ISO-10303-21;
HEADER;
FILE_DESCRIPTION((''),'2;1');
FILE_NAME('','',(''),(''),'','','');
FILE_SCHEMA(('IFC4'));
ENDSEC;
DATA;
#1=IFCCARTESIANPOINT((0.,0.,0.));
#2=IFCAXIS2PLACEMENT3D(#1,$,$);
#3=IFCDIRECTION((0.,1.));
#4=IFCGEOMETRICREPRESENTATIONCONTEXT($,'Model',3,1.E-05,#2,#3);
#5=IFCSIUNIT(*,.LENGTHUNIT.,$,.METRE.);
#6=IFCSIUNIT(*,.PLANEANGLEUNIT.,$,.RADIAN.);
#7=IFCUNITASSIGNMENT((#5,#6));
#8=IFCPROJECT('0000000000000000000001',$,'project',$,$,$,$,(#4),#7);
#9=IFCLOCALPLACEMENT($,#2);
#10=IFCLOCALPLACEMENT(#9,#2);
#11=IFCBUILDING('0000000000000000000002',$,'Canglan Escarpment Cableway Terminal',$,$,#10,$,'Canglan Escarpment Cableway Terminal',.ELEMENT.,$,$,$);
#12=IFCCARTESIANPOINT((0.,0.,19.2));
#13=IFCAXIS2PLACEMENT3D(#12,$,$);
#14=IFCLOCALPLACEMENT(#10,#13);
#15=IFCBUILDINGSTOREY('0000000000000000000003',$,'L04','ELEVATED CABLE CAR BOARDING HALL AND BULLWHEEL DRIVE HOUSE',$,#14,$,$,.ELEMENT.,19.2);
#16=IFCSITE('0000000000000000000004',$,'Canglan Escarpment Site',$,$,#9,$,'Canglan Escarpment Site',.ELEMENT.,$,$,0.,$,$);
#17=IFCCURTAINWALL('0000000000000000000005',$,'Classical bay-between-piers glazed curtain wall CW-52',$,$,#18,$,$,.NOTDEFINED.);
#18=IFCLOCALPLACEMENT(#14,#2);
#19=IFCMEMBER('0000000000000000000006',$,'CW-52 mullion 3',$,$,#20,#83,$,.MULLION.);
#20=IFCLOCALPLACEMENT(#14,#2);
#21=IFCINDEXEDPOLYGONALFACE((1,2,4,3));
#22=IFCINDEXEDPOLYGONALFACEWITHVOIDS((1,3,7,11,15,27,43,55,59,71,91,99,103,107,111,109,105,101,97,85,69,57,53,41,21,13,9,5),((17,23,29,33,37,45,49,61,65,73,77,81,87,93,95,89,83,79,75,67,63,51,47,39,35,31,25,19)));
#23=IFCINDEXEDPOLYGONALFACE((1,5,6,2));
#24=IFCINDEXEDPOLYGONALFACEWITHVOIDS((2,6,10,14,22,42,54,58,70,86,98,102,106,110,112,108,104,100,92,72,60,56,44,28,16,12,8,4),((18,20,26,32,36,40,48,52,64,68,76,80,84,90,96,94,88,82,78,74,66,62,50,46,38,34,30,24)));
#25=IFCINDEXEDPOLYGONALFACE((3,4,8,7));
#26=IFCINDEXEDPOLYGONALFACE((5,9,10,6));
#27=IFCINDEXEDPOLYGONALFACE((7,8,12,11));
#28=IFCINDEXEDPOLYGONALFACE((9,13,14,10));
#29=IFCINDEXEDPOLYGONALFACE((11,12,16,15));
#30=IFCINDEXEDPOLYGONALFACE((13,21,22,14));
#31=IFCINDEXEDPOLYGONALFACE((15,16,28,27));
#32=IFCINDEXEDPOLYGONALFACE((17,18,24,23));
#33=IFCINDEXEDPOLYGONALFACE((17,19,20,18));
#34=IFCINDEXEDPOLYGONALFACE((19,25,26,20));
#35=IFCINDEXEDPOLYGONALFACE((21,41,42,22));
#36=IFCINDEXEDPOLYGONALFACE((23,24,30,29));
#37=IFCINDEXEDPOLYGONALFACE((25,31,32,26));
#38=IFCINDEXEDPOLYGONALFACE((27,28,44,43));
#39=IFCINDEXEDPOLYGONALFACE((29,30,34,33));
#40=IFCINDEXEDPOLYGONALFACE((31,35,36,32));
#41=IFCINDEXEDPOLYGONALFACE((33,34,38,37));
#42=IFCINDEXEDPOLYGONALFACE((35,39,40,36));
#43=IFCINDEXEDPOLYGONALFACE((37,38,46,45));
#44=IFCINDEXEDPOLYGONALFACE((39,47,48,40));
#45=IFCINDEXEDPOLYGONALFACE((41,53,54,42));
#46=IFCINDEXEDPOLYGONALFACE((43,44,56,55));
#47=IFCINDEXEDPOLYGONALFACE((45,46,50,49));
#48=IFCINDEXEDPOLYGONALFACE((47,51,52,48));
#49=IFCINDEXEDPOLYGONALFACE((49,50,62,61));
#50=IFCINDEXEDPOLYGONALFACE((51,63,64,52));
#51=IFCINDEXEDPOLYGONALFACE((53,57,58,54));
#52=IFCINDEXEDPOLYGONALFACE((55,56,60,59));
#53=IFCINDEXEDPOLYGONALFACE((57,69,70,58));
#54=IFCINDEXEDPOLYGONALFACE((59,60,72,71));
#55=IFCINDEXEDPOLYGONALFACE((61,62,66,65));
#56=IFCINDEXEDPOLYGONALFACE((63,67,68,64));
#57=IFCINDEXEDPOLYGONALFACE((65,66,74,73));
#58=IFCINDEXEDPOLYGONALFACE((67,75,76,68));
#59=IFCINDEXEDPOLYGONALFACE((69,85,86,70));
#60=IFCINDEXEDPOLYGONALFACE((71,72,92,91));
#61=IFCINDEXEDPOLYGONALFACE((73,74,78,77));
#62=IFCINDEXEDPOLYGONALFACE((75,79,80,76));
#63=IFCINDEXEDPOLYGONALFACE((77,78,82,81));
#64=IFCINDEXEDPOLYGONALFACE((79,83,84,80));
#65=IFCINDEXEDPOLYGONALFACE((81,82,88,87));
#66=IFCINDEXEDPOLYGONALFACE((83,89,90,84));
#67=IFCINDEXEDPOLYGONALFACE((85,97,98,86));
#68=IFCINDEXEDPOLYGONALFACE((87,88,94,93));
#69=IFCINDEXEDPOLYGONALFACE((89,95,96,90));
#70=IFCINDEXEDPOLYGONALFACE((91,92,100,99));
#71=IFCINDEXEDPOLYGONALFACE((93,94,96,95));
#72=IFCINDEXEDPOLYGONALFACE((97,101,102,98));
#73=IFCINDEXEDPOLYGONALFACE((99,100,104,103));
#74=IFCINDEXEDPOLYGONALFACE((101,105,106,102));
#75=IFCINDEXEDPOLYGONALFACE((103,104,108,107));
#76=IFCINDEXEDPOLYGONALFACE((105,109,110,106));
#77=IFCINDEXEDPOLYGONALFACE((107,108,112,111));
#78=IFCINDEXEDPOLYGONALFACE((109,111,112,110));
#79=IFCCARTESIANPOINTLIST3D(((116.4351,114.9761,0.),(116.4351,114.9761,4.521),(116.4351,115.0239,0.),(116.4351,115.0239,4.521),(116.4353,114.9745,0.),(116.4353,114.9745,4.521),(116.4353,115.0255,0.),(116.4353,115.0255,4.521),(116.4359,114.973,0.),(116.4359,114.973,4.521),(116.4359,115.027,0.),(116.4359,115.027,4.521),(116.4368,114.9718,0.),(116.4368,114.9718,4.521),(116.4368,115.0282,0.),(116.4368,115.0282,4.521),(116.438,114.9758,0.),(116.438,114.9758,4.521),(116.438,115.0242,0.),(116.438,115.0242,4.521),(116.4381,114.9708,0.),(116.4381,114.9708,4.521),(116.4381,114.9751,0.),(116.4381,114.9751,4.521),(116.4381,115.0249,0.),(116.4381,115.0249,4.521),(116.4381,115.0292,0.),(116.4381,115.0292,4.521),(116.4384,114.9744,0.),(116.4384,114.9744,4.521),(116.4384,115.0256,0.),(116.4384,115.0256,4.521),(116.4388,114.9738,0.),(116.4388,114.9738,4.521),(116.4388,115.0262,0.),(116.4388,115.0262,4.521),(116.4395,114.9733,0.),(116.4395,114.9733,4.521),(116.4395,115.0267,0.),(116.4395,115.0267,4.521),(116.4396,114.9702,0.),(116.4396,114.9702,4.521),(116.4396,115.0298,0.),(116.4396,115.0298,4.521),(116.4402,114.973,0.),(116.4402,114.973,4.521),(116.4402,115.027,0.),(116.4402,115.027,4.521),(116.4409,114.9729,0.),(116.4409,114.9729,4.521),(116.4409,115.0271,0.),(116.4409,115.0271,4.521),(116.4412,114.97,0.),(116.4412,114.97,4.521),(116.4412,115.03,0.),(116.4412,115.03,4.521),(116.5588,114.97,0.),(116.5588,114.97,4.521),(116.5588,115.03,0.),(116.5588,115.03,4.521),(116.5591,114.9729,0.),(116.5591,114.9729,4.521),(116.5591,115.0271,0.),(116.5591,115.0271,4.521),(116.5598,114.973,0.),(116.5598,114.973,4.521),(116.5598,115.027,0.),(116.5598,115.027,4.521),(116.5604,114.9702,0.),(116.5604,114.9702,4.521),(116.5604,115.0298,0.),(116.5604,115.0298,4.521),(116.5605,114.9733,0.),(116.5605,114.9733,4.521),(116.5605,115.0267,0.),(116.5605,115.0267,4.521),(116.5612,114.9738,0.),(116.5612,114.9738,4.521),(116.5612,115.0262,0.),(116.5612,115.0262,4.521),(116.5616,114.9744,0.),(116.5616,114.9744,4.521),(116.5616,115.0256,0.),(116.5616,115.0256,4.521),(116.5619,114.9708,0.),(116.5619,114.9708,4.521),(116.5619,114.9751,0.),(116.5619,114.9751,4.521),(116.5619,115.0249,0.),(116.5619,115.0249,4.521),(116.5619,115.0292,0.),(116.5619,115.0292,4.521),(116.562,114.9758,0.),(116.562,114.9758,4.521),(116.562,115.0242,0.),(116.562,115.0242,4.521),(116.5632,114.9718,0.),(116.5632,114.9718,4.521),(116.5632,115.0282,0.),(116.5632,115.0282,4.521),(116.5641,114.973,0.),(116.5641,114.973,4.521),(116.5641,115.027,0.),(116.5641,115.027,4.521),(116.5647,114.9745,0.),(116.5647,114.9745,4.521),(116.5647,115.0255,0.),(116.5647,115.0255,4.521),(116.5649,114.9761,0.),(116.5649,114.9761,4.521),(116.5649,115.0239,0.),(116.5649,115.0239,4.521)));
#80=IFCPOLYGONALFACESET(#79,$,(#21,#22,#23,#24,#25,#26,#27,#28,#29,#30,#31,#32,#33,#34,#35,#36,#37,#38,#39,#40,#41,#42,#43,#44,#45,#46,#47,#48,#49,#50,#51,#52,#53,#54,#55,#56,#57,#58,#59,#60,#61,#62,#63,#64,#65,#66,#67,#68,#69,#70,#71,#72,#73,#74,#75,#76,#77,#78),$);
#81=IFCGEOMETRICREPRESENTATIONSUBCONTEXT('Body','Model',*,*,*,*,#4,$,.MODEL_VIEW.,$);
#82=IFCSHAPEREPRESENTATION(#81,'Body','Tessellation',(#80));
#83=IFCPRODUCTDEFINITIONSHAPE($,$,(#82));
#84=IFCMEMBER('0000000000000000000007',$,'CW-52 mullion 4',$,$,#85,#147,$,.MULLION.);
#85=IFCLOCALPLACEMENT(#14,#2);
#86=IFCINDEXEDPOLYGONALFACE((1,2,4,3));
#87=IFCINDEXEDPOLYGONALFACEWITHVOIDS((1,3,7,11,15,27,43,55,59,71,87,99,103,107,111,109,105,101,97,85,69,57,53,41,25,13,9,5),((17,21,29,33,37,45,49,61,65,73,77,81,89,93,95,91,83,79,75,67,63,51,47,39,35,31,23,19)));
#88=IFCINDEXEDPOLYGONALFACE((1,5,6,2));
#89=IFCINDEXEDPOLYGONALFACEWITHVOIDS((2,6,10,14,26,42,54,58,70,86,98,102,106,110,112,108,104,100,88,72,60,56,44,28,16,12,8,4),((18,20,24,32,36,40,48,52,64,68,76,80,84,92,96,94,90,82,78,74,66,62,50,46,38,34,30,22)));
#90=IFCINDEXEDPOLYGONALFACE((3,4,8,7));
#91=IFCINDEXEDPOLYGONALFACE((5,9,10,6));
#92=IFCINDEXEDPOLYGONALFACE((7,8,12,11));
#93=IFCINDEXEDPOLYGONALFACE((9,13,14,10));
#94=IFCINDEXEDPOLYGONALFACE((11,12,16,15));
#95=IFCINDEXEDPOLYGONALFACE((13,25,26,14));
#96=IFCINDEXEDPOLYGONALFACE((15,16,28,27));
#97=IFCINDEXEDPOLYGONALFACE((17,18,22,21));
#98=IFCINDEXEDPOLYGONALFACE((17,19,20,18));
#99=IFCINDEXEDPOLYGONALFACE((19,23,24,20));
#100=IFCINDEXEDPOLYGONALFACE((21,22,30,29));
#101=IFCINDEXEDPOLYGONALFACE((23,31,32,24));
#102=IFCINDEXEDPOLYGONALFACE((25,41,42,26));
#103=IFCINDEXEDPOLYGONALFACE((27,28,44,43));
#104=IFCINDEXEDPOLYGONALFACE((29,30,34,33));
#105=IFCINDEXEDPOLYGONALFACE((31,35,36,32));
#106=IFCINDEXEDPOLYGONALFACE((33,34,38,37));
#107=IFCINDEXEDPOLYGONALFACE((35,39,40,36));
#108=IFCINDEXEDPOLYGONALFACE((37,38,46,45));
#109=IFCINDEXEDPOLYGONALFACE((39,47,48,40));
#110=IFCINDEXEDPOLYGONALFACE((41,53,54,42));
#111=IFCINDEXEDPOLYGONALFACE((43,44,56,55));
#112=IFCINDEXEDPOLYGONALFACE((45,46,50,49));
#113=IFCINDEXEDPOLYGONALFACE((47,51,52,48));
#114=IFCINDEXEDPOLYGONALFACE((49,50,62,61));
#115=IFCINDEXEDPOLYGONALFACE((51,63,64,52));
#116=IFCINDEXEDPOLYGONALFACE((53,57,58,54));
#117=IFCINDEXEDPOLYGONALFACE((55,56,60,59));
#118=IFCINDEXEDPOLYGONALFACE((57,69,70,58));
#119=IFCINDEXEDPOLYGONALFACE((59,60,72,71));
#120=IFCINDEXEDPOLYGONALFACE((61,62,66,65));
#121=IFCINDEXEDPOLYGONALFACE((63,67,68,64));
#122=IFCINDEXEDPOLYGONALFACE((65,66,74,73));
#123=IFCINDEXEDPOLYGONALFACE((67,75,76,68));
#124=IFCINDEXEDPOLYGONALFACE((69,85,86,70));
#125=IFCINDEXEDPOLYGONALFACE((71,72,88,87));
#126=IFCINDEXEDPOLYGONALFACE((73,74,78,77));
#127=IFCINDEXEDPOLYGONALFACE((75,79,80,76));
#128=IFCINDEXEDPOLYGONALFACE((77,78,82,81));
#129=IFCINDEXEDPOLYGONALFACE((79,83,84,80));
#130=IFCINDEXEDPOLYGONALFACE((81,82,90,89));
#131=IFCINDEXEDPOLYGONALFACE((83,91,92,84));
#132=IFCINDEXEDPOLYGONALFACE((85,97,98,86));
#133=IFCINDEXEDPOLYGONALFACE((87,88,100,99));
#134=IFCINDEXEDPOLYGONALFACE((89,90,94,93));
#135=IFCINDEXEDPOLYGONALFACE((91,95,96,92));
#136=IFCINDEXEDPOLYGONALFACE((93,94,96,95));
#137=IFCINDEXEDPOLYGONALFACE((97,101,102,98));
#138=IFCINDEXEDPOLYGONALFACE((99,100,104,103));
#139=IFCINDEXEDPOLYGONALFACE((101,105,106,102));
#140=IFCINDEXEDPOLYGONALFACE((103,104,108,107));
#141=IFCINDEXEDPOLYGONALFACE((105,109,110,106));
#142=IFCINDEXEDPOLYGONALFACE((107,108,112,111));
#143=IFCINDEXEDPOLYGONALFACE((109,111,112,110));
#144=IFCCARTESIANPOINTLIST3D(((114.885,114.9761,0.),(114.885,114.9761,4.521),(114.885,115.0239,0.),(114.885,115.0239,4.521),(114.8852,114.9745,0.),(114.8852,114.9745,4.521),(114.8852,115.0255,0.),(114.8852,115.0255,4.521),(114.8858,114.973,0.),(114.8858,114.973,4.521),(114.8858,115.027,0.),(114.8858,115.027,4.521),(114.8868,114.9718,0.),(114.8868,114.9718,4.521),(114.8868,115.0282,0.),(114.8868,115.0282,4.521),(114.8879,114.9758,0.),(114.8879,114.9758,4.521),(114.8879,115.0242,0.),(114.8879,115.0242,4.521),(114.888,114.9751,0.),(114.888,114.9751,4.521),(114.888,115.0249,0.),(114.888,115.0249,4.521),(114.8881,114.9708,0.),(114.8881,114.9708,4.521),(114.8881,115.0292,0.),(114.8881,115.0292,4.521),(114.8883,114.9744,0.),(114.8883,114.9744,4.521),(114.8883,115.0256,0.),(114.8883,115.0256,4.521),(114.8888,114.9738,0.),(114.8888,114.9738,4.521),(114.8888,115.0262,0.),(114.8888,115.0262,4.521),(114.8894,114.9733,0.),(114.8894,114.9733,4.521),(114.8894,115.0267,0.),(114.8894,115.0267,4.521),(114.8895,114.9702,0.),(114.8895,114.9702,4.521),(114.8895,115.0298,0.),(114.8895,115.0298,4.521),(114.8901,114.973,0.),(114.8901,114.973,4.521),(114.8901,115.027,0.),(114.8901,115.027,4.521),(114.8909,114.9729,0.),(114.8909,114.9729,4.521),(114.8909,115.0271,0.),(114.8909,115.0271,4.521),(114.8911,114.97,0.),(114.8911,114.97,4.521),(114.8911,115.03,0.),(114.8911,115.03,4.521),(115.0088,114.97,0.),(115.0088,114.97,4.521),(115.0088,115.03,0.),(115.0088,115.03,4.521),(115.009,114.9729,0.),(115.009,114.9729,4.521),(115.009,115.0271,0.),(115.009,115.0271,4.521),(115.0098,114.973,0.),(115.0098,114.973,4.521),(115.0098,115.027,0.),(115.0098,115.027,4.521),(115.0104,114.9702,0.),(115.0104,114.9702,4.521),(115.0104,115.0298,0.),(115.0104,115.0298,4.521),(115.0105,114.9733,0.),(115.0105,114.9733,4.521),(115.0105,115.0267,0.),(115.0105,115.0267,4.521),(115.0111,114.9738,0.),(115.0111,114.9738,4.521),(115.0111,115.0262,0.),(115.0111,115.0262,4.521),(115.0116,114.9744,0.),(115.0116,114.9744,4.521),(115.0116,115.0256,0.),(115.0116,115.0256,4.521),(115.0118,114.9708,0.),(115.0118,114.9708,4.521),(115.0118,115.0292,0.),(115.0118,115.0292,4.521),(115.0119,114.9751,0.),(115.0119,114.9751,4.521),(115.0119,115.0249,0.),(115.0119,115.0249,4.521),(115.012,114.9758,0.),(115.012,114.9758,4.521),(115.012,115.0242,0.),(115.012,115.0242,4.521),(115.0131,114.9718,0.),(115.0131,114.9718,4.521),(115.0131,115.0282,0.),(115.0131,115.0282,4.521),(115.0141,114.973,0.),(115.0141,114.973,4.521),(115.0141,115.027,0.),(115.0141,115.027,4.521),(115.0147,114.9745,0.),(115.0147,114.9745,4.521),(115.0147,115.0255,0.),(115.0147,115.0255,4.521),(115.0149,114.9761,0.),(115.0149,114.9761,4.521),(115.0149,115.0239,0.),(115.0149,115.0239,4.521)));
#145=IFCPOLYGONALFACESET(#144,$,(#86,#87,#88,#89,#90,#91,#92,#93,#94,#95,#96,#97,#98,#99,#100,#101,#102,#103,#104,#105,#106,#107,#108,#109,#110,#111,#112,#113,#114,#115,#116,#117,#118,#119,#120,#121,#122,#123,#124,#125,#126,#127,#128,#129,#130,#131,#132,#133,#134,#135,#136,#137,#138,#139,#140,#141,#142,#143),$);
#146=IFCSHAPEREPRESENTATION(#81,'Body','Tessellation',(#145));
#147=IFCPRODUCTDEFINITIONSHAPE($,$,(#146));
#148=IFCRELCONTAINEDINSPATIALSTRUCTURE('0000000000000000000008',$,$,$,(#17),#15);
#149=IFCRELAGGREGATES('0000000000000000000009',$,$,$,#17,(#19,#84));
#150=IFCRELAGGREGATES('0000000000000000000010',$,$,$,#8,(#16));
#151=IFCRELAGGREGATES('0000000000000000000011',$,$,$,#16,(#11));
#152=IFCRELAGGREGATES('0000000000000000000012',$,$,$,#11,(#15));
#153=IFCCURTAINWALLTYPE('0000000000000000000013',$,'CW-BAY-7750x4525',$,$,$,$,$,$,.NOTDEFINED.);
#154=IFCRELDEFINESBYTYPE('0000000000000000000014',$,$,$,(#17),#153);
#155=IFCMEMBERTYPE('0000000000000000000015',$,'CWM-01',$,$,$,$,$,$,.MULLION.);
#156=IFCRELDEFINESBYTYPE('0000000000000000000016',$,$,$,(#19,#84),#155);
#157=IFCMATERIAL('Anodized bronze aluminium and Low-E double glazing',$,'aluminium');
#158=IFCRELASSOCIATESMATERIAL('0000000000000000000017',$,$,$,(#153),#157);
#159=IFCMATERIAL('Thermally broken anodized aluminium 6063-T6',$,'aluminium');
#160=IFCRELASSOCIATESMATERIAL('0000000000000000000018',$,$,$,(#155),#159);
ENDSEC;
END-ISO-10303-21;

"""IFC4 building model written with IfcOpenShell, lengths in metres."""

from ifc_helpers import new_model, si_unit, direction, frame, origin, origin_2d, place, context, subcontext, project, spatial, hollow_rectangle, extrude, material, material_profile, profile_set, type_object, element, aggregate, save


model = new_model("IFC4")

# Units and contexts
model_context = context("Model", 3, precision=1e-05, world=origin(), true_north=direction((0.0, 1.0)))
body_context = subcontext(model_context, "Body", "Model", "MODEL_VIEW")
ifc_project = project(units=[si_unit("LENGTHUNIT", "METRE"), si_unit("PLANEANGLEUNIT", "RADIAN")], contexts=[model_context])

# Site, building, storey
site_placement = place(None, origin())
site = spatial("IfcSite", under=ifc_project, at=site_placement, Name="Canglan Escarpment Site", LongName="Canglan Escarpment Site", CompositionType="ELEMENT", RefElevation=0.0)
building_placement = place(site_placement, origin())
building = spatial("IfcBuilding", under=site, at=building_placement, Name="Canglan Escarpment Cableway Terminal", LongName="Canglan Escarpment Cableway Terminal", CompositionType="ELEMENT")
storey_placement = place(building_placement, frame((0.0, 0.0, 19.2)))
storey = spatial("IfcBuildingStorey", under=building, at=storey_placement, Name="L04", Description="ELEVATED CABLE CAR BOARDING HALL AND BULLWHEEL DRIVE HOUSE", CompositionType="ELEMENT", Elevation=19.2)

# Curtain wall, members
ifc_material_1 = material(Name="Anodized bronze aluminium and Low-E double glazing", Category="aluminium")
curtain_wall_type = type_object("IfcCurtainWallType", Name="CW-BAY-7750x4525", PredefinedType="NOTDEFINED", material=ifc_material_1)
curtain_wall_placement = place(storey_placement, origin())
curtain_wall = element("IfcCurtainWall", 1, at=curtain_wall_placement, inside=storey, type_object=curtain_wall_type, Name="Classical bay-between-piers glazed curtain wall CW-52", PredefinedType="NOTDEFINED")
ifc_material_2 = material(Name="Thermally broken anodized aluminium 6063-T6", Category="aluminium")
ifc_material_profile_1 = material_profile(ifc_material_2, hollow_rectangle(XDim=0.0601, YDim=0.1299, WallThickness=0.0029, InnerFilletRadius=0.0029, OuterFilletRadius=0.0061, at=origin_2d()), Name="ALU-MULL 60x130x3")
ifc_profile_set_1 = profile_set([ifc_material_profile_1], Name="Thermally broken anodized aluminium 6063-T6")
member_type_1 = type_object("IfcMemberType", Name="CWM-01", PredefinedType="MULLION", material=ifc_profile_set_1)
member_1_placement = place(storey_placement, frame((116.5, 115.0, 0.0), z_axis=(0.0, 0.0, 1.0), x_axis=(0.0, -1.0, 0.0)))
member_1 = element("IfcMember", 2, at=member_1_placement, type_object=member_type_1, Name="CW-52 mullion 3", PredefinedType="MULLION", context=body_context, shape_type="SweptSolid", body=[
    extrude(hollow_rectangle(XDim=0.0601, YDim=0.1299, WallThickness=0.0029, InnerFilletRadius=0.0029, OuterFilletRadius=0.0061, at=origin_2d()), origin(), (0.0, 0.0, 1.0), 4.521),
])
member_2_placement = place(storey_placement, frame((114.95, 115.0, 0.0), z_axis=(0.0, 0.0, 1.0), x_axis=(0.0, -1.0, 0.0)))
member_2 = element("IfcMember", 3, at=member_2_placement, type_object=member_type_1, Name="CW-52 mullion 4", PredefinedType="MULLION", context=body_context, shape_type="SweptSolid", body=[
    extrude(hollow_rectangle(XDim=0.0601, YDim=0.1299, WallThickness=0.0029, InnerFilletRadius=0.0029, OuterFilletRadius=0.0061, at=origin_2d()), origin(), (0.0, 0.0, 1.0), 4.521),
])
aggregate(curtain_wall, [member_1, member_2])

save(model, "model.ifc")
